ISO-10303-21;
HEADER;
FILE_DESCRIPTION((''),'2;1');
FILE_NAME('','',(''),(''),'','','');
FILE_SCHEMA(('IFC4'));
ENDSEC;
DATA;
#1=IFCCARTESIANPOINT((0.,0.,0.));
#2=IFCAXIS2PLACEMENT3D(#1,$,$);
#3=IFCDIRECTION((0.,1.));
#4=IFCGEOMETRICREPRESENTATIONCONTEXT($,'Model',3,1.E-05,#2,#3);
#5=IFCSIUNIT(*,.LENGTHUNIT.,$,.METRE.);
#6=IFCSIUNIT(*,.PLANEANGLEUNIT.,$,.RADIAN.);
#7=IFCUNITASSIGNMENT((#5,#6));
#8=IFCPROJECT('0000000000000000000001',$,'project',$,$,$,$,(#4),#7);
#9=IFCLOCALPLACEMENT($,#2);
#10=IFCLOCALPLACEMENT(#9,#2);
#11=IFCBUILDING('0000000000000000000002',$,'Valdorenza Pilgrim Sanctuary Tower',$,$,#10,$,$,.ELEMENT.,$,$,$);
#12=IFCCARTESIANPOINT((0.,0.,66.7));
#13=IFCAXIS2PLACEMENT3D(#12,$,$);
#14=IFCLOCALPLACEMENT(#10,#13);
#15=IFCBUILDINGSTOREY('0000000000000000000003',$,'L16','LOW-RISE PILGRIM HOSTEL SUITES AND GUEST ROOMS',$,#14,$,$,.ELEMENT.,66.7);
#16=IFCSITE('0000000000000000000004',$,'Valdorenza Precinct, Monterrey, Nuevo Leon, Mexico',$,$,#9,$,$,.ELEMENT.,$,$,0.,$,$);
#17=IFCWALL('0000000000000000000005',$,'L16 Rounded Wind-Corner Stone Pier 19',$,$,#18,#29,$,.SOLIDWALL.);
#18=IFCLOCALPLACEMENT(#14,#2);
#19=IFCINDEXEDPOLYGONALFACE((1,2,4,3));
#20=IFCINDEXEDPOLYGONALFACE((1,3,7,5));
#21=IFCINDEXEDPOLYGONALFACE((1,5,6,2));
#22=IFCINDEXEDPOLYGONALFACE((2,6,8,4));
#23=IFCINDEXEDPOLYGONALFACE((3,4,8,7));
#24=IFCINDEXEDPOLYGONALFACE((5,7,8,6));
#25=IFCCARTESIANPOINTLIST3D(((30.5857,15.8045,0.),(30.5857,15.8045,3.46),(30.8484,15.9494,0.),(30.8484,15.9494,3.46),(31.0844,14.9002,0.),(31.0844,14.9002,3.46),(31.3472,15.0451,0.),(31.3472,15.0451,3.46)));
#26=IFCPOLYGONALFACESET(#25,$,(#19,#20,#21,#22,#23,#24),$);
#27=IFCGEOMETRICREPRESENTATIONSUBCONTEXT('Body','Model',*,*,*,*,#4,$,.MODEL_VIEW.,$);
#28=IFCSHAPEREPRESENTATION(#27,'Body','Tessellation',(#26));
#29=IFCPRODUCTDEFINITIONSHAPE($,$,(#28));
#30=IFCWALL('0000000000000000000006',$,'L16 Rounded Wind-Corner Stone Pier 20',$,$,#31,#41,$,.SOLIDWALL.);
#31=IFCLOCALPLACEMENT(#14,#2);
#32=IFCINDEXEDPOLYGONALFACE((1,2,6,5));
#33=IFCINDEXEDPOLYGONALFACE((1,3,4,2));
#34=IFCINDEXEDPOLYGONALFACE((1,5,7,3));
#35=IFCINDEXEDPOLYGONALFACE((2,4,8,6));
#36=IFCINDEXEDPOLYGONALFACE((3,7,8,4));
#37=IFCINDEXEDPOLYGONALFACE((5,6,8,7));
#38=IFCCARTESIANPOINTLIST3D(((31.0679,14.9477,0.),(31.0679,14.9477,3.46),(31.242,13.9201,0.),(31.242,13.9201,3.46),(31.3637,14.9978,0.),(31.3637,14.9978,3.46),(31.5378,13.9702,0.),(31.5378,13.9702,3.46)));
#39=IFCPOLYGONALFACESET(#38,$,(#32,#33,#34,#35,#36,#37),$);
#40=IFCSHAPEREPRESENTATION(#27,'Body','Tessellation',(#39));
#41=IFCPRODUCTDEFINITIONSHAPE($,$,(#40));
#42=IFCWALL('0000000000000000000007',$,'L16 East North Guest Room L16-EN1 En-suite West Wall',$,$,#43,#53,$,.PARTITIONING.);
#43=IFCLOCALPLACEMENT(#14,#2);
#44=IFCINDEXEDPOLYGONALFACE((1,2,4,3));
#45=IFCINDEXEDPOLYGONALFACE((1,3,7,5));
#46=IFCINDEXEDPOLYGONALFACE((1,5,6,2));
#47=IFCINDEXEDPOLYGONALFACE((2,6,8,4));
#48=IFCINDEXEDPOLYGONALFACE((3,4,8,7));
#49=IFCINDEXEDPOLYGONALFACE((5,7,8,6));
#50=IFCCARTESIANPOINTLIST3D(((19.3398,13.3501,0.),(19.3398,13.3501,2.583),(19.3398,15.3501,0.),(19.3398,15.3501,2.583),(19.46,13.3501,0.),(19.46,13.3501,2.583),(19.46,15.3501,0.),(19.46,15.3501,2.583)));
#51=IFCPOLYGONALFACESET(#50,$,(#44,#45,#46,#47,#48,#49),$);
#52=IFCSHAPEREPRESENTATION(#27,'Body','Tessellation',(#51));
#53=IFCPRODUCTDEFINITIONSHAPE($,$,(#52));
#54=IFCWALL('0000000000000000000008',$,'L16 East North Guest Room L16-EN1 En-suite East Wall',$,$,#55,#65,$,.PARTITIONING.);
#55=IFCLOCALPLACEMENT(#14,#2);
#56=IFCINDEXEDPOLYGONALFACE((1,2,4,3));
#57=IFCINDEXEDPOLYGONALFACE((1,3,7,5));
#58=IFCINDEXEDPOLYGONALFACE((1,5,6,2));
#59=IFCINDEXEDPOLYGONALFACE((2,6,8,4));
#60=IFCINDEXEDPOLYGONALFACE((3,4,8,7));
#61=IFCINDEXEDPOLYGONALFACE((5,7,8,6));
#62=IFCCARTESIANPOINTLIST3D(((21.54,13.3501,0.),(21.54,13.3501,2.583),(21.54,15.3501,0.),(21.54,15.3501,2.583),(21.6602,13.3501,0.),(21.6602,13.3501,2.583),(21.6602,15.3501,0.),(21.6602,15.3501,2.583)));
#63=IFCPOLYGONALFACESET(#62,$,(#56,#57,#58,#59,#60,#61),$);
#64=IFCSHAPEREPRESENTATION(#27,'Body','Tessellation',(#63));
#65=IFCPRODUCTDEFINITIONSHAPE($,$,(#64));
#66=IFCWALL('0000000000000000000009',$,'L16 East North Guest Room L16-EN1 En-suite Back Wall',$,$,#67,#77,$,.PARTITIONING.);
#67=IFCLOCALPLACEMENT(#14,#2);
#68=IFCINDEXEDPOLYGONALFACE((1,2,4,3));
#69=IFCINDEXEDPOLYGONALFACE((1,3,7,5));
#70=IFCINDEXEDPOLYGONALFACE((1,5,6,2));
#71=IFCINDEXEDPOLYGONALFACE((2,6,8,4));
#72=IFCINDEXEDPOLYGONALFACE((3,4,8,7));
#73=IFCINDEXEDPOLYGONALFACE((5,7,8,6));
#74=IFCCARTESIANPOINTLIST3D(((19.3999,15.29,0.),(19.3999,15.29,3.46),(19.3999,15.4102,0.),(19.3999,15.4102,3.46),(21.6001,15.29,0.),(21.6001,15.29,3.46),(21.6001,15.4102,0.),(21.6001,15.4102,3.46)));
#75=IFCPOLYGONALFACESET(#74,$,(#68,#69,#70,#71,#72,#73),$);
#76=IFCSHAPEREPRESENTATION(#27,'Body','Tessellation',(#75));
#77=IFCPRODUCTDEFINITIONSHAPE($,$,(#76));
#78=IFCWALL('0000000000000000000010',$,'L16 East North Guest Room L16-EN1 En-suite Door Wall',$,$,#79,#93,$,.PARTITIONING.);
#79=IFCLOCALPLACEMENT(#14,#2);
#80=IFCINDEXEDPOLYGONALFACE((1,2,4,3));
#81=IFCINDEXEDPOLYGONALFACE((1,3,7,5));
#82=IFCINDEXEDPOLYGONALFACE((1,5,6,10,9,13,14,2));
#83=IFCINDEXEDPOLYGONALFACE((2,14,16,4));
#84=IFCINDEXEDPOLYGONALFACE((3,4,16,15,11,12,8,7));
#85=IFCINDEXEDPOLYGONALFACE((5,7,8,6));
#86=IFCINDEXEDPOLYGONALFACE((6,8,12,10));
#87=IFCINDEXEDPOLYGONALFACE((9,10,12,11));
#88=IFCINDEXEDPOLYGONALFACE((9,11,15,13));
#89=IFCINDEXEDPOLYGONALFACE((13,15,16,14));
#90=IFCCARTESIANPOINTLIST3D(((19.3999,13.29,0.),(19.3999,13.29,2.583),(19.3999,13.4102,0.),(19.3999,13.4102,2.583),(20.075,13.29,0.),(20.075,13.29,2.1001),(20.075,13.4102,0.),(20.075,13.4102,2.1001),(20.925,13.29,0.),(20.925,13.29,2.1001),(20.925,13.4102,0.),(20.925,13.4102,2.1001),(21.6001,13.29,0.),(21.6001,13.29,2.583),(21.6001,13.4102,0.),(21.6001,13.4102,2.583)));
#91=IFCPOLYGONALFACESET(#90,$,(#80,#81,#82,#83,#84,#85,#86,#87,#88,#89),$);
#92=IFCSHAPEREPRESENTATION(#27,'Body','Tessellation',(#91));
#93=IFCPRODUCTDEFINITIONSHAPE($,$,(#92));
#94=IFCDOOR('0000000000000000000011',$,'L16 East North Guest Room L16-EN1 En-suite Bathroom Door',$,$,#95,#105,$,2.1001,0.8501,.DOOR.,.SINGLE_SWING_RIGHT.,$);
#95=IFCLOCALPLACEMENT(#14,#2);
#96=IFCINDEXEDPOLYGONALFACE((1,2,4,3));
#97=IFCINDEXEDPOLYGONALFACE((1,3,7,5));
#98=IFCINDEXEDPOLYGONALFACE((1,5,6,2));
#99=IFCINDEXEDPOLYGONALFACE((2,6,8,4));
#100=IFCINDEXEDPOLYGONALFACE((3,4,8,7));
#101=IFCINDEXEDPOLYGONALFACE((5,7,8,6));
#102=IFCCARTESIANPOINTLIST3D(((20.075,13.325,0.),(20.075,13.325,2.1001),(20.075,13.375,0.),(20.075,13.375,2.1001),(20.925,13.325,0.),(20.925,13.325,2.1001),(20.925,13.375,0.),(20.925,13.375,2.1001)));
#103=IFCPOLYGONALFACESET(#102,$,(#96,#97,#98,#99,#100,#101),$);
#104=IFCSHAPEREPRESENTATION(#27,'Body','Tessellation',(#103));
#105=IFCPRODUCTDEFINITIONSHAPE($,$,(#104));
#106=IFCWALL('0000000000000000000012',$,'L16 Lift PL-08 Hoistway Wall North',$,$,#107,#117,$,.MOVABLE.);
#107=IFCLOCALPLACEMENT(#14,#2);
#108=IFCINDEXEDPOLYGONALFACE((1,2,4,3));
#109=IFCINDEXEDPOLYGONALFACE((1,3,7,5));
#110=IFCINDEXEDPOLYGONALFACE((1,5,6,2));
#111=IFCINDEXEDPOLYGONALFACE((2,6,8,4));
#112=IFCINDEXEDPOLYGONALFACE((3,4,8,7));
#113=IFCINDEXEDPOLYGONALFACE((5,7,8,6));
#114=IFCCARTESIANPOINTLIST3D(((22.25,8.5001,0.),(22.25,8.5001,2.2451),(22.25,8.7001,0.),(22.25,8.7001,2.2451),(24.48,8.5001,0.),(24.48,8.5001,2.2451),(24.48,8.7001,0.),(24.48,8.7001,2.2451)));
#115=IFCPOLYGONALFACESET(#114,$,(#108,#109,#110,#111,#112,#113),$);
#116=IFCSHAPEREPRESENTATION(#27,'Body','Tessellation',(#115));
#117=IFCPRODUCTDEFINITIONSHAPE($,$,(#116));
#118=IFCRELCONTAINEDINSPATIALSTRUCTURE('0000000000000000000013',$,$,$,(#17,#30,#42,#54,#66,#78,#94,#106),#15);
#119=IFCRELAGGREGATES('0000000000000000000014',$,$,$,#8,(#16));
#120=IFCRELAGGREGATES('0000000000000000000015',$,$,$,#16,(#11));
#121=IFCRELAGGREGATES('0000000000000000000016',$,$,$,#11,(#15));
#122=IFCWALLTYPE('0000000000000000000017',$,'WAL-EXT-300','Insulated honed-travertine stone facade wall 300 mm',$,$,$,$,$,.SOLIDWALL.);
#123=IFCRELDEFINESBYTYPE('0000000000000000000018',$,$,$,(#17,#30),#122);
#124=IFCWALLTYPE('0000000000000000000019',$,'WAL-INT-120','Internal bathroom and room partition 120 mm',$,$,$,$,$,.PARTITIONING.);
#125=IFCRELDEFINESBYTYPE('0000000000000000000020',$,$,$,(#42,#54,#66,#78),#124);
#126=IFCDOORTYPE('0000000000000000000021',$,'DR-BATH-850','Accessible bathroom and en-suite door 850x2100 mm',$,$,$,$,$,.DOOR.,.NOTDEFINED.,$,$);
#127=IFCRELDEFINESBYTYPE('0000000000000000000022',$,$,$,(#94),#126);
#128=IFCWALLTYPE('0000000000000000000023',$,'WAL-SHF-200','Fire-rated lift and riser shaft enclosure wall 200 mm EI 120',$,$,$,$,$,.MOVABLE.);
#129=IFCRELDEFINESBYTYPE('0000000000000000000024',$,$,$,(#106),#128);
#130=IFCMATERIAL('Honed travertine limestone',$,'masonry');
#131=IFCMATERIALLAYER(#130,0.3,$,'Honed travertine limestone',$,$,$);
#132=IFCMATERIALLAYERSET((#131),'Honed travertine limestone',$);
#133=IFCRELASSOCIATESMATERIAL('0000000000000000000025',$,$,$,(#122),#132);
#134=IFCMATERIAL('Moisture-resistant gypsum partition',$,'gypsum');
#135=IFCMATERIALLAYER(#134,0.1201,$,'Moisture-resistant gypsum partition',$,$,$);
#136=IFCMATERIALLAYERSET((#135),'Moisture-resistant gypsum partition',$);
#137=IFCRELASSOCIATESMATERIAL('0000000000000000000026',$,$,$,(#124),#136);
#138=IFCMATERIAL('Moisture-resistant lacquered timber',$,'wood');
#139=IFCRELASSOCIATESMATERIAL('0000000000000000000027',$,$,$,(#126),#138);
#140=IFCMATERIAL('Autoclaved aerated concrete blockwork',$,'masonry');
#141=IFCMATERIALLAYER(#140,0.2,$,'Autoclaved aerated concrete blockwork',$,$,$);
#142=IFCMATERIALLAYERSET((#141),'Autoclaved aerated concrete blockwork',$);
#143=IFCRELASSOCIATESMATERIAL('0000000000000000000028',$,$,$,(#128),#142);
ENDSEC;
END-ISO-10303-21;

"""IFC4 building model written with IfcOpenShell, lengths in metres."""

from ifc_helpers import new_model, si_unit, direction, frame, frame_2d, origin, place, context, subcontext, project, spatial, rectangle, extrude, material, layer, layer_set, type_object, element, fill, save


model = new_model("IFC4")

# Units and contexts
model_context = context("Model", 3, precision=1e-05, world=origin(), true_north=direction((0.0, 1.0)))
body_context = subcontext(model_context, "Body", "Model", "MODEL_VIEW")
ifc_project = project(units=[si_unit("LENGTHUNIT", "METRE"), si_unit("PLANEANGLEUNIT", "RADIAN")], contexts=[model_context])

# Site, building, storey
site_placement = place(None, origin())
site = spatial("IfcSite", under=ifc_project, at=site_placement, Name="Valdorenza Precinct, Monterrey, Nuevo Leon, Mexico", CompositionType="ELEMENT", RefElevation=0.0)
building_placement = place(site_placement, origin())
building = spatial("IfcBuilding", under=site, at=building_placement, Name="Valdorenza Pilgrim Sanctuary Tower", CompositionType="ELEMENT")
storey_placement = place(building_placement, frame((0.0, 0.0, 66.7)))
storey = spatial("IfcBuildingStorey", under=building, at=storey_placement, Name="L16", Description="LOW-RISE PILGRIM HOSTEL SUITES AND GUEST ROOMS", CompositionType="ELEMENT", Elevation=66.7)

# Shared definitions
ifc_material_1 = material(Name="Honed travertine limestone", Category="masonry")

# Walls
ifc_layer_1 = layer(ifc_material_1, 0.3, Name="Honed travertine limestone")
ifc_layer_set_1 = layer_set([ifc_layer_1], Name="Honed travertine limestone")
wall_type_1 = type_object("IfcWallType", Name="WAL-EXT-300", Description="Insulated honed-travertine stone facade wall 300 mm", PredefinedType="SOLIDWALL", material=ifc_layer_set_1)
wall_1_placement = place(storey_placement, frame((30.717, 15.877, 0.0), z_axis=(0.0, 0.0, 1.0), x_axis=(0.482971, -0.875636, 0.0)))
element("IfcWall", 1, at=wall_1_placement, inside=storey, type_object=wall_type_1, Name="L16 Rounded Wind-Corner Stone Pier 19", PredefinedType="SOLIDWALL", context=body_context, shape_type="SweptSolid", body=[
    extrude(rectangle(XDim=1.0327, YDim=0.3, at=frame_2d((0.5164, 0.0))), origin(), (0.0, 0.0, 1.0), 3.46),
])
wall_2_placement = place(storey_placement, frame((31.2158, 14.9727, 0.0), z_axis=(0.0, 0.0, 1.0), x_axis=(0.167019, -0.985954, 0.0)))
element("IfcWall", 2, at=wall_2_placement, inside=storey, type_object=wall_type_1, Name="L16 Rounded Wind-Corner Stone Pier 20", PredefinedType="SOLIDWALL", context=body_context, shape_type="SweptSolid", body=[
    extrude(rectangle(XDim=1.0422, YDim=0.3, at=frame_2d((0.521, 0.0))), origin(), (0.0, 0.0, 1.0), 3.46),
])
ifc_material_2 = material(Name="Moisture-resistant gypsum partition", Category="gypsum")
ifc_layer_2 = layer(ifc_material_2, 0.1201, Name="Moisture-resistant gypsum partition")
ifc_layer_set_2 = layer_set([ifc_layer_2], Name="Moisture-resistant gypsum partition")
wall_type_2 = type_object("IfcWallType", Name="WAL-INT-120", Description="Internal bathroom and room partition 120 mm", PredefinedType="PARTITIONING", material=ifc_layer_set_2)
for number, where, z_axis, x_axis, name in (
    (3, (19.3999, 13.3501, 0.0), (0.0, 0.0, 1.0), (0.0, 1.0, 0.0), "L16 East North Guest Room L16-EN1 En-suite West Wall"),
    (4, (21.6001, 13.3501, 0.0), (0.0, 0.0, 1.0), (0.0, 1.0, 0.0), "L16 East North Guest Room L16-EN1 En-suite East Wall"),
):
    element("IfcWall", number, at=place(storey_placement, frame(where, z_axis=z_axis, x_axis=x_axis)), inside=storey, type_object=wall_type_2, Name=name, PredefinedType="PARTITIONING", context=body_context, shape_type="SweptSolid", body=[
        extrude(rectangle(XDim=2.0, YDim=0.1201, at=frame_2d((1.0, 0.0))), origin(), (0.0, 0.0, 1.0), 2.583),
    ])
wall_3_placement = place(storey_placement, frame((19.3999, 15.3501, 0.0), z_axis=(0.0, 0.0, 1.0), x_axis=(1.0, 0.0, 0.0)))
element("IfcWall", 5, at=wall_3_placement, inside=storey, type_object=wall_type_2, Name="L16 East North Guest Room L16-EN1 En-suite Back Wall", PredefinedType="PARTITIONING", context=body_context, shape_type="SweptSolid", body=[
    extrude(rectangle(XDim=2.2002, YDim=0.1201, at=frame_2d((1.1001, 0.0))), origin(), (0.0, 0.0, 1.0), 3.46),
])

# Wall, opening, door
wall_4_placement = place(storey_placement, frame((19.3999, 13.3501, 0.0), z_axis=(0.0, 0.0, 1.0), x_axis=(1.0, 0.0, 0.0)))
wall_4 = element("IfcWall", 6, at=wall_4_placement, inside=storey, type_object=wall_type_2, Name="L16 East North Guest Room L16-EN1 En-suite Door Wall", PredefinedType="PARTITIONING", context=body_context, shape_type="SweptSolid", body=[
    extrude(rectangle(XDim=2.2002, YDim=0.1201, at=frame_2d((1.1001, 0.0))), origin(), (0.0, 0.0, 1.0), 2.583),
])
opening_1_placement = place(wall_4_placement, frame((0.675, 0.0, 0.0)))
opening_1 = element("IfcOpeningElement", 7, at=opening_1_placement, cuts=wall_4, PredefinedType="OPENING", context=body_context, shape_type="SweptSolid", body=[
    extrude(rectangle(XDim=0.8501, YDim=2.1001, at=frame_2d((0.425, 1.05))), frame((0.0, 0.075, 0.0), z_axis=(0.0, -1.0, 0.0), x_axis=(1.0, 0.0, 0.0)), (0.0, 0.0, 1.0), 0.1499),
])
ifc_material_3 = material(Name="Moisture-resistant lacquered timber", Category="wood")
door_type_1 = type_object("IfcDoorType", Name="DR-BATH-850", Description="Accessible bathroom and en-suite door 850x2100 mm", OperationType="NOTDEFINED", PredefinedType="DOOR", material=ifc_material_3)
door_1_placement = place(opening_1_placement, origin())
door_1 = element("IfcDoor", 8, at=door_1_placement, inside=storey, type_object=door_type_1, Name="L16 East North Guest Room L16-EN1 En-suite Bathroom Door", OperationType="SINGLE_SWING_RIGHT", OverallHeight=2.1001, OverallWidth=0.8501, PredefinedType="DOOR", context=body_context, shape_type="SweptSolid", body=[
    extrude(rectangle(XDim=0.8501, YDim=2.1001, at=frame_2d((0.425, 1.05))), frame((0.0, 0.0249, 0.0), z_axis=(0.0, -1.0, 0.0), x_axis=(1.0, 0.0, 0.0)), (0.0, 0.0, 1.0), 0.05),
])
fill(opening_1, door_1)

# Wall
ifc_material_4 = material(Name="Autoclaved aerated concrete blockwork", Category="masonry")
ifc_layer_3 = layer(ifc_material_4, 0.2, Name="Autoclaved aerated concrete blockwork")
ifc_layer_set_3 = layer_set([ifc_layer_3], Name="Autoclaved aerated concrete blockwork")
wall_type_3 = type_object("IfcWallType", Name="WAL-SHF-200", Description="Fire-rated lift and riser shaft enclosure wall 200 mm EI 120", PredefinedType="MOVABLE", material=ifc_layer_set_3)
wall_5_placement = place(storey_placement, frame((22.25, 8.6001, 0.0), z_axis=(0.0, 0.0, 1.0), x_axis=(1.0, 0.0, 0.0)))
element("IfcWall", 9, at=wall_5_placement, inside=storey, type_object=wall_type_3, Name="L16 Lift PL-08 Hoistway Wall North", PredefinedType="MOVABLE", context=body_context, shape_type="SweptSolid", body=[
    extrude(rectangle(XDim=2.23, YDim=0.2, at=frame_2d((1.115, 0.0))), origin(), (0.0, 0.0, 1.0), 2.2451),
])

save(model, "model.ifc")
